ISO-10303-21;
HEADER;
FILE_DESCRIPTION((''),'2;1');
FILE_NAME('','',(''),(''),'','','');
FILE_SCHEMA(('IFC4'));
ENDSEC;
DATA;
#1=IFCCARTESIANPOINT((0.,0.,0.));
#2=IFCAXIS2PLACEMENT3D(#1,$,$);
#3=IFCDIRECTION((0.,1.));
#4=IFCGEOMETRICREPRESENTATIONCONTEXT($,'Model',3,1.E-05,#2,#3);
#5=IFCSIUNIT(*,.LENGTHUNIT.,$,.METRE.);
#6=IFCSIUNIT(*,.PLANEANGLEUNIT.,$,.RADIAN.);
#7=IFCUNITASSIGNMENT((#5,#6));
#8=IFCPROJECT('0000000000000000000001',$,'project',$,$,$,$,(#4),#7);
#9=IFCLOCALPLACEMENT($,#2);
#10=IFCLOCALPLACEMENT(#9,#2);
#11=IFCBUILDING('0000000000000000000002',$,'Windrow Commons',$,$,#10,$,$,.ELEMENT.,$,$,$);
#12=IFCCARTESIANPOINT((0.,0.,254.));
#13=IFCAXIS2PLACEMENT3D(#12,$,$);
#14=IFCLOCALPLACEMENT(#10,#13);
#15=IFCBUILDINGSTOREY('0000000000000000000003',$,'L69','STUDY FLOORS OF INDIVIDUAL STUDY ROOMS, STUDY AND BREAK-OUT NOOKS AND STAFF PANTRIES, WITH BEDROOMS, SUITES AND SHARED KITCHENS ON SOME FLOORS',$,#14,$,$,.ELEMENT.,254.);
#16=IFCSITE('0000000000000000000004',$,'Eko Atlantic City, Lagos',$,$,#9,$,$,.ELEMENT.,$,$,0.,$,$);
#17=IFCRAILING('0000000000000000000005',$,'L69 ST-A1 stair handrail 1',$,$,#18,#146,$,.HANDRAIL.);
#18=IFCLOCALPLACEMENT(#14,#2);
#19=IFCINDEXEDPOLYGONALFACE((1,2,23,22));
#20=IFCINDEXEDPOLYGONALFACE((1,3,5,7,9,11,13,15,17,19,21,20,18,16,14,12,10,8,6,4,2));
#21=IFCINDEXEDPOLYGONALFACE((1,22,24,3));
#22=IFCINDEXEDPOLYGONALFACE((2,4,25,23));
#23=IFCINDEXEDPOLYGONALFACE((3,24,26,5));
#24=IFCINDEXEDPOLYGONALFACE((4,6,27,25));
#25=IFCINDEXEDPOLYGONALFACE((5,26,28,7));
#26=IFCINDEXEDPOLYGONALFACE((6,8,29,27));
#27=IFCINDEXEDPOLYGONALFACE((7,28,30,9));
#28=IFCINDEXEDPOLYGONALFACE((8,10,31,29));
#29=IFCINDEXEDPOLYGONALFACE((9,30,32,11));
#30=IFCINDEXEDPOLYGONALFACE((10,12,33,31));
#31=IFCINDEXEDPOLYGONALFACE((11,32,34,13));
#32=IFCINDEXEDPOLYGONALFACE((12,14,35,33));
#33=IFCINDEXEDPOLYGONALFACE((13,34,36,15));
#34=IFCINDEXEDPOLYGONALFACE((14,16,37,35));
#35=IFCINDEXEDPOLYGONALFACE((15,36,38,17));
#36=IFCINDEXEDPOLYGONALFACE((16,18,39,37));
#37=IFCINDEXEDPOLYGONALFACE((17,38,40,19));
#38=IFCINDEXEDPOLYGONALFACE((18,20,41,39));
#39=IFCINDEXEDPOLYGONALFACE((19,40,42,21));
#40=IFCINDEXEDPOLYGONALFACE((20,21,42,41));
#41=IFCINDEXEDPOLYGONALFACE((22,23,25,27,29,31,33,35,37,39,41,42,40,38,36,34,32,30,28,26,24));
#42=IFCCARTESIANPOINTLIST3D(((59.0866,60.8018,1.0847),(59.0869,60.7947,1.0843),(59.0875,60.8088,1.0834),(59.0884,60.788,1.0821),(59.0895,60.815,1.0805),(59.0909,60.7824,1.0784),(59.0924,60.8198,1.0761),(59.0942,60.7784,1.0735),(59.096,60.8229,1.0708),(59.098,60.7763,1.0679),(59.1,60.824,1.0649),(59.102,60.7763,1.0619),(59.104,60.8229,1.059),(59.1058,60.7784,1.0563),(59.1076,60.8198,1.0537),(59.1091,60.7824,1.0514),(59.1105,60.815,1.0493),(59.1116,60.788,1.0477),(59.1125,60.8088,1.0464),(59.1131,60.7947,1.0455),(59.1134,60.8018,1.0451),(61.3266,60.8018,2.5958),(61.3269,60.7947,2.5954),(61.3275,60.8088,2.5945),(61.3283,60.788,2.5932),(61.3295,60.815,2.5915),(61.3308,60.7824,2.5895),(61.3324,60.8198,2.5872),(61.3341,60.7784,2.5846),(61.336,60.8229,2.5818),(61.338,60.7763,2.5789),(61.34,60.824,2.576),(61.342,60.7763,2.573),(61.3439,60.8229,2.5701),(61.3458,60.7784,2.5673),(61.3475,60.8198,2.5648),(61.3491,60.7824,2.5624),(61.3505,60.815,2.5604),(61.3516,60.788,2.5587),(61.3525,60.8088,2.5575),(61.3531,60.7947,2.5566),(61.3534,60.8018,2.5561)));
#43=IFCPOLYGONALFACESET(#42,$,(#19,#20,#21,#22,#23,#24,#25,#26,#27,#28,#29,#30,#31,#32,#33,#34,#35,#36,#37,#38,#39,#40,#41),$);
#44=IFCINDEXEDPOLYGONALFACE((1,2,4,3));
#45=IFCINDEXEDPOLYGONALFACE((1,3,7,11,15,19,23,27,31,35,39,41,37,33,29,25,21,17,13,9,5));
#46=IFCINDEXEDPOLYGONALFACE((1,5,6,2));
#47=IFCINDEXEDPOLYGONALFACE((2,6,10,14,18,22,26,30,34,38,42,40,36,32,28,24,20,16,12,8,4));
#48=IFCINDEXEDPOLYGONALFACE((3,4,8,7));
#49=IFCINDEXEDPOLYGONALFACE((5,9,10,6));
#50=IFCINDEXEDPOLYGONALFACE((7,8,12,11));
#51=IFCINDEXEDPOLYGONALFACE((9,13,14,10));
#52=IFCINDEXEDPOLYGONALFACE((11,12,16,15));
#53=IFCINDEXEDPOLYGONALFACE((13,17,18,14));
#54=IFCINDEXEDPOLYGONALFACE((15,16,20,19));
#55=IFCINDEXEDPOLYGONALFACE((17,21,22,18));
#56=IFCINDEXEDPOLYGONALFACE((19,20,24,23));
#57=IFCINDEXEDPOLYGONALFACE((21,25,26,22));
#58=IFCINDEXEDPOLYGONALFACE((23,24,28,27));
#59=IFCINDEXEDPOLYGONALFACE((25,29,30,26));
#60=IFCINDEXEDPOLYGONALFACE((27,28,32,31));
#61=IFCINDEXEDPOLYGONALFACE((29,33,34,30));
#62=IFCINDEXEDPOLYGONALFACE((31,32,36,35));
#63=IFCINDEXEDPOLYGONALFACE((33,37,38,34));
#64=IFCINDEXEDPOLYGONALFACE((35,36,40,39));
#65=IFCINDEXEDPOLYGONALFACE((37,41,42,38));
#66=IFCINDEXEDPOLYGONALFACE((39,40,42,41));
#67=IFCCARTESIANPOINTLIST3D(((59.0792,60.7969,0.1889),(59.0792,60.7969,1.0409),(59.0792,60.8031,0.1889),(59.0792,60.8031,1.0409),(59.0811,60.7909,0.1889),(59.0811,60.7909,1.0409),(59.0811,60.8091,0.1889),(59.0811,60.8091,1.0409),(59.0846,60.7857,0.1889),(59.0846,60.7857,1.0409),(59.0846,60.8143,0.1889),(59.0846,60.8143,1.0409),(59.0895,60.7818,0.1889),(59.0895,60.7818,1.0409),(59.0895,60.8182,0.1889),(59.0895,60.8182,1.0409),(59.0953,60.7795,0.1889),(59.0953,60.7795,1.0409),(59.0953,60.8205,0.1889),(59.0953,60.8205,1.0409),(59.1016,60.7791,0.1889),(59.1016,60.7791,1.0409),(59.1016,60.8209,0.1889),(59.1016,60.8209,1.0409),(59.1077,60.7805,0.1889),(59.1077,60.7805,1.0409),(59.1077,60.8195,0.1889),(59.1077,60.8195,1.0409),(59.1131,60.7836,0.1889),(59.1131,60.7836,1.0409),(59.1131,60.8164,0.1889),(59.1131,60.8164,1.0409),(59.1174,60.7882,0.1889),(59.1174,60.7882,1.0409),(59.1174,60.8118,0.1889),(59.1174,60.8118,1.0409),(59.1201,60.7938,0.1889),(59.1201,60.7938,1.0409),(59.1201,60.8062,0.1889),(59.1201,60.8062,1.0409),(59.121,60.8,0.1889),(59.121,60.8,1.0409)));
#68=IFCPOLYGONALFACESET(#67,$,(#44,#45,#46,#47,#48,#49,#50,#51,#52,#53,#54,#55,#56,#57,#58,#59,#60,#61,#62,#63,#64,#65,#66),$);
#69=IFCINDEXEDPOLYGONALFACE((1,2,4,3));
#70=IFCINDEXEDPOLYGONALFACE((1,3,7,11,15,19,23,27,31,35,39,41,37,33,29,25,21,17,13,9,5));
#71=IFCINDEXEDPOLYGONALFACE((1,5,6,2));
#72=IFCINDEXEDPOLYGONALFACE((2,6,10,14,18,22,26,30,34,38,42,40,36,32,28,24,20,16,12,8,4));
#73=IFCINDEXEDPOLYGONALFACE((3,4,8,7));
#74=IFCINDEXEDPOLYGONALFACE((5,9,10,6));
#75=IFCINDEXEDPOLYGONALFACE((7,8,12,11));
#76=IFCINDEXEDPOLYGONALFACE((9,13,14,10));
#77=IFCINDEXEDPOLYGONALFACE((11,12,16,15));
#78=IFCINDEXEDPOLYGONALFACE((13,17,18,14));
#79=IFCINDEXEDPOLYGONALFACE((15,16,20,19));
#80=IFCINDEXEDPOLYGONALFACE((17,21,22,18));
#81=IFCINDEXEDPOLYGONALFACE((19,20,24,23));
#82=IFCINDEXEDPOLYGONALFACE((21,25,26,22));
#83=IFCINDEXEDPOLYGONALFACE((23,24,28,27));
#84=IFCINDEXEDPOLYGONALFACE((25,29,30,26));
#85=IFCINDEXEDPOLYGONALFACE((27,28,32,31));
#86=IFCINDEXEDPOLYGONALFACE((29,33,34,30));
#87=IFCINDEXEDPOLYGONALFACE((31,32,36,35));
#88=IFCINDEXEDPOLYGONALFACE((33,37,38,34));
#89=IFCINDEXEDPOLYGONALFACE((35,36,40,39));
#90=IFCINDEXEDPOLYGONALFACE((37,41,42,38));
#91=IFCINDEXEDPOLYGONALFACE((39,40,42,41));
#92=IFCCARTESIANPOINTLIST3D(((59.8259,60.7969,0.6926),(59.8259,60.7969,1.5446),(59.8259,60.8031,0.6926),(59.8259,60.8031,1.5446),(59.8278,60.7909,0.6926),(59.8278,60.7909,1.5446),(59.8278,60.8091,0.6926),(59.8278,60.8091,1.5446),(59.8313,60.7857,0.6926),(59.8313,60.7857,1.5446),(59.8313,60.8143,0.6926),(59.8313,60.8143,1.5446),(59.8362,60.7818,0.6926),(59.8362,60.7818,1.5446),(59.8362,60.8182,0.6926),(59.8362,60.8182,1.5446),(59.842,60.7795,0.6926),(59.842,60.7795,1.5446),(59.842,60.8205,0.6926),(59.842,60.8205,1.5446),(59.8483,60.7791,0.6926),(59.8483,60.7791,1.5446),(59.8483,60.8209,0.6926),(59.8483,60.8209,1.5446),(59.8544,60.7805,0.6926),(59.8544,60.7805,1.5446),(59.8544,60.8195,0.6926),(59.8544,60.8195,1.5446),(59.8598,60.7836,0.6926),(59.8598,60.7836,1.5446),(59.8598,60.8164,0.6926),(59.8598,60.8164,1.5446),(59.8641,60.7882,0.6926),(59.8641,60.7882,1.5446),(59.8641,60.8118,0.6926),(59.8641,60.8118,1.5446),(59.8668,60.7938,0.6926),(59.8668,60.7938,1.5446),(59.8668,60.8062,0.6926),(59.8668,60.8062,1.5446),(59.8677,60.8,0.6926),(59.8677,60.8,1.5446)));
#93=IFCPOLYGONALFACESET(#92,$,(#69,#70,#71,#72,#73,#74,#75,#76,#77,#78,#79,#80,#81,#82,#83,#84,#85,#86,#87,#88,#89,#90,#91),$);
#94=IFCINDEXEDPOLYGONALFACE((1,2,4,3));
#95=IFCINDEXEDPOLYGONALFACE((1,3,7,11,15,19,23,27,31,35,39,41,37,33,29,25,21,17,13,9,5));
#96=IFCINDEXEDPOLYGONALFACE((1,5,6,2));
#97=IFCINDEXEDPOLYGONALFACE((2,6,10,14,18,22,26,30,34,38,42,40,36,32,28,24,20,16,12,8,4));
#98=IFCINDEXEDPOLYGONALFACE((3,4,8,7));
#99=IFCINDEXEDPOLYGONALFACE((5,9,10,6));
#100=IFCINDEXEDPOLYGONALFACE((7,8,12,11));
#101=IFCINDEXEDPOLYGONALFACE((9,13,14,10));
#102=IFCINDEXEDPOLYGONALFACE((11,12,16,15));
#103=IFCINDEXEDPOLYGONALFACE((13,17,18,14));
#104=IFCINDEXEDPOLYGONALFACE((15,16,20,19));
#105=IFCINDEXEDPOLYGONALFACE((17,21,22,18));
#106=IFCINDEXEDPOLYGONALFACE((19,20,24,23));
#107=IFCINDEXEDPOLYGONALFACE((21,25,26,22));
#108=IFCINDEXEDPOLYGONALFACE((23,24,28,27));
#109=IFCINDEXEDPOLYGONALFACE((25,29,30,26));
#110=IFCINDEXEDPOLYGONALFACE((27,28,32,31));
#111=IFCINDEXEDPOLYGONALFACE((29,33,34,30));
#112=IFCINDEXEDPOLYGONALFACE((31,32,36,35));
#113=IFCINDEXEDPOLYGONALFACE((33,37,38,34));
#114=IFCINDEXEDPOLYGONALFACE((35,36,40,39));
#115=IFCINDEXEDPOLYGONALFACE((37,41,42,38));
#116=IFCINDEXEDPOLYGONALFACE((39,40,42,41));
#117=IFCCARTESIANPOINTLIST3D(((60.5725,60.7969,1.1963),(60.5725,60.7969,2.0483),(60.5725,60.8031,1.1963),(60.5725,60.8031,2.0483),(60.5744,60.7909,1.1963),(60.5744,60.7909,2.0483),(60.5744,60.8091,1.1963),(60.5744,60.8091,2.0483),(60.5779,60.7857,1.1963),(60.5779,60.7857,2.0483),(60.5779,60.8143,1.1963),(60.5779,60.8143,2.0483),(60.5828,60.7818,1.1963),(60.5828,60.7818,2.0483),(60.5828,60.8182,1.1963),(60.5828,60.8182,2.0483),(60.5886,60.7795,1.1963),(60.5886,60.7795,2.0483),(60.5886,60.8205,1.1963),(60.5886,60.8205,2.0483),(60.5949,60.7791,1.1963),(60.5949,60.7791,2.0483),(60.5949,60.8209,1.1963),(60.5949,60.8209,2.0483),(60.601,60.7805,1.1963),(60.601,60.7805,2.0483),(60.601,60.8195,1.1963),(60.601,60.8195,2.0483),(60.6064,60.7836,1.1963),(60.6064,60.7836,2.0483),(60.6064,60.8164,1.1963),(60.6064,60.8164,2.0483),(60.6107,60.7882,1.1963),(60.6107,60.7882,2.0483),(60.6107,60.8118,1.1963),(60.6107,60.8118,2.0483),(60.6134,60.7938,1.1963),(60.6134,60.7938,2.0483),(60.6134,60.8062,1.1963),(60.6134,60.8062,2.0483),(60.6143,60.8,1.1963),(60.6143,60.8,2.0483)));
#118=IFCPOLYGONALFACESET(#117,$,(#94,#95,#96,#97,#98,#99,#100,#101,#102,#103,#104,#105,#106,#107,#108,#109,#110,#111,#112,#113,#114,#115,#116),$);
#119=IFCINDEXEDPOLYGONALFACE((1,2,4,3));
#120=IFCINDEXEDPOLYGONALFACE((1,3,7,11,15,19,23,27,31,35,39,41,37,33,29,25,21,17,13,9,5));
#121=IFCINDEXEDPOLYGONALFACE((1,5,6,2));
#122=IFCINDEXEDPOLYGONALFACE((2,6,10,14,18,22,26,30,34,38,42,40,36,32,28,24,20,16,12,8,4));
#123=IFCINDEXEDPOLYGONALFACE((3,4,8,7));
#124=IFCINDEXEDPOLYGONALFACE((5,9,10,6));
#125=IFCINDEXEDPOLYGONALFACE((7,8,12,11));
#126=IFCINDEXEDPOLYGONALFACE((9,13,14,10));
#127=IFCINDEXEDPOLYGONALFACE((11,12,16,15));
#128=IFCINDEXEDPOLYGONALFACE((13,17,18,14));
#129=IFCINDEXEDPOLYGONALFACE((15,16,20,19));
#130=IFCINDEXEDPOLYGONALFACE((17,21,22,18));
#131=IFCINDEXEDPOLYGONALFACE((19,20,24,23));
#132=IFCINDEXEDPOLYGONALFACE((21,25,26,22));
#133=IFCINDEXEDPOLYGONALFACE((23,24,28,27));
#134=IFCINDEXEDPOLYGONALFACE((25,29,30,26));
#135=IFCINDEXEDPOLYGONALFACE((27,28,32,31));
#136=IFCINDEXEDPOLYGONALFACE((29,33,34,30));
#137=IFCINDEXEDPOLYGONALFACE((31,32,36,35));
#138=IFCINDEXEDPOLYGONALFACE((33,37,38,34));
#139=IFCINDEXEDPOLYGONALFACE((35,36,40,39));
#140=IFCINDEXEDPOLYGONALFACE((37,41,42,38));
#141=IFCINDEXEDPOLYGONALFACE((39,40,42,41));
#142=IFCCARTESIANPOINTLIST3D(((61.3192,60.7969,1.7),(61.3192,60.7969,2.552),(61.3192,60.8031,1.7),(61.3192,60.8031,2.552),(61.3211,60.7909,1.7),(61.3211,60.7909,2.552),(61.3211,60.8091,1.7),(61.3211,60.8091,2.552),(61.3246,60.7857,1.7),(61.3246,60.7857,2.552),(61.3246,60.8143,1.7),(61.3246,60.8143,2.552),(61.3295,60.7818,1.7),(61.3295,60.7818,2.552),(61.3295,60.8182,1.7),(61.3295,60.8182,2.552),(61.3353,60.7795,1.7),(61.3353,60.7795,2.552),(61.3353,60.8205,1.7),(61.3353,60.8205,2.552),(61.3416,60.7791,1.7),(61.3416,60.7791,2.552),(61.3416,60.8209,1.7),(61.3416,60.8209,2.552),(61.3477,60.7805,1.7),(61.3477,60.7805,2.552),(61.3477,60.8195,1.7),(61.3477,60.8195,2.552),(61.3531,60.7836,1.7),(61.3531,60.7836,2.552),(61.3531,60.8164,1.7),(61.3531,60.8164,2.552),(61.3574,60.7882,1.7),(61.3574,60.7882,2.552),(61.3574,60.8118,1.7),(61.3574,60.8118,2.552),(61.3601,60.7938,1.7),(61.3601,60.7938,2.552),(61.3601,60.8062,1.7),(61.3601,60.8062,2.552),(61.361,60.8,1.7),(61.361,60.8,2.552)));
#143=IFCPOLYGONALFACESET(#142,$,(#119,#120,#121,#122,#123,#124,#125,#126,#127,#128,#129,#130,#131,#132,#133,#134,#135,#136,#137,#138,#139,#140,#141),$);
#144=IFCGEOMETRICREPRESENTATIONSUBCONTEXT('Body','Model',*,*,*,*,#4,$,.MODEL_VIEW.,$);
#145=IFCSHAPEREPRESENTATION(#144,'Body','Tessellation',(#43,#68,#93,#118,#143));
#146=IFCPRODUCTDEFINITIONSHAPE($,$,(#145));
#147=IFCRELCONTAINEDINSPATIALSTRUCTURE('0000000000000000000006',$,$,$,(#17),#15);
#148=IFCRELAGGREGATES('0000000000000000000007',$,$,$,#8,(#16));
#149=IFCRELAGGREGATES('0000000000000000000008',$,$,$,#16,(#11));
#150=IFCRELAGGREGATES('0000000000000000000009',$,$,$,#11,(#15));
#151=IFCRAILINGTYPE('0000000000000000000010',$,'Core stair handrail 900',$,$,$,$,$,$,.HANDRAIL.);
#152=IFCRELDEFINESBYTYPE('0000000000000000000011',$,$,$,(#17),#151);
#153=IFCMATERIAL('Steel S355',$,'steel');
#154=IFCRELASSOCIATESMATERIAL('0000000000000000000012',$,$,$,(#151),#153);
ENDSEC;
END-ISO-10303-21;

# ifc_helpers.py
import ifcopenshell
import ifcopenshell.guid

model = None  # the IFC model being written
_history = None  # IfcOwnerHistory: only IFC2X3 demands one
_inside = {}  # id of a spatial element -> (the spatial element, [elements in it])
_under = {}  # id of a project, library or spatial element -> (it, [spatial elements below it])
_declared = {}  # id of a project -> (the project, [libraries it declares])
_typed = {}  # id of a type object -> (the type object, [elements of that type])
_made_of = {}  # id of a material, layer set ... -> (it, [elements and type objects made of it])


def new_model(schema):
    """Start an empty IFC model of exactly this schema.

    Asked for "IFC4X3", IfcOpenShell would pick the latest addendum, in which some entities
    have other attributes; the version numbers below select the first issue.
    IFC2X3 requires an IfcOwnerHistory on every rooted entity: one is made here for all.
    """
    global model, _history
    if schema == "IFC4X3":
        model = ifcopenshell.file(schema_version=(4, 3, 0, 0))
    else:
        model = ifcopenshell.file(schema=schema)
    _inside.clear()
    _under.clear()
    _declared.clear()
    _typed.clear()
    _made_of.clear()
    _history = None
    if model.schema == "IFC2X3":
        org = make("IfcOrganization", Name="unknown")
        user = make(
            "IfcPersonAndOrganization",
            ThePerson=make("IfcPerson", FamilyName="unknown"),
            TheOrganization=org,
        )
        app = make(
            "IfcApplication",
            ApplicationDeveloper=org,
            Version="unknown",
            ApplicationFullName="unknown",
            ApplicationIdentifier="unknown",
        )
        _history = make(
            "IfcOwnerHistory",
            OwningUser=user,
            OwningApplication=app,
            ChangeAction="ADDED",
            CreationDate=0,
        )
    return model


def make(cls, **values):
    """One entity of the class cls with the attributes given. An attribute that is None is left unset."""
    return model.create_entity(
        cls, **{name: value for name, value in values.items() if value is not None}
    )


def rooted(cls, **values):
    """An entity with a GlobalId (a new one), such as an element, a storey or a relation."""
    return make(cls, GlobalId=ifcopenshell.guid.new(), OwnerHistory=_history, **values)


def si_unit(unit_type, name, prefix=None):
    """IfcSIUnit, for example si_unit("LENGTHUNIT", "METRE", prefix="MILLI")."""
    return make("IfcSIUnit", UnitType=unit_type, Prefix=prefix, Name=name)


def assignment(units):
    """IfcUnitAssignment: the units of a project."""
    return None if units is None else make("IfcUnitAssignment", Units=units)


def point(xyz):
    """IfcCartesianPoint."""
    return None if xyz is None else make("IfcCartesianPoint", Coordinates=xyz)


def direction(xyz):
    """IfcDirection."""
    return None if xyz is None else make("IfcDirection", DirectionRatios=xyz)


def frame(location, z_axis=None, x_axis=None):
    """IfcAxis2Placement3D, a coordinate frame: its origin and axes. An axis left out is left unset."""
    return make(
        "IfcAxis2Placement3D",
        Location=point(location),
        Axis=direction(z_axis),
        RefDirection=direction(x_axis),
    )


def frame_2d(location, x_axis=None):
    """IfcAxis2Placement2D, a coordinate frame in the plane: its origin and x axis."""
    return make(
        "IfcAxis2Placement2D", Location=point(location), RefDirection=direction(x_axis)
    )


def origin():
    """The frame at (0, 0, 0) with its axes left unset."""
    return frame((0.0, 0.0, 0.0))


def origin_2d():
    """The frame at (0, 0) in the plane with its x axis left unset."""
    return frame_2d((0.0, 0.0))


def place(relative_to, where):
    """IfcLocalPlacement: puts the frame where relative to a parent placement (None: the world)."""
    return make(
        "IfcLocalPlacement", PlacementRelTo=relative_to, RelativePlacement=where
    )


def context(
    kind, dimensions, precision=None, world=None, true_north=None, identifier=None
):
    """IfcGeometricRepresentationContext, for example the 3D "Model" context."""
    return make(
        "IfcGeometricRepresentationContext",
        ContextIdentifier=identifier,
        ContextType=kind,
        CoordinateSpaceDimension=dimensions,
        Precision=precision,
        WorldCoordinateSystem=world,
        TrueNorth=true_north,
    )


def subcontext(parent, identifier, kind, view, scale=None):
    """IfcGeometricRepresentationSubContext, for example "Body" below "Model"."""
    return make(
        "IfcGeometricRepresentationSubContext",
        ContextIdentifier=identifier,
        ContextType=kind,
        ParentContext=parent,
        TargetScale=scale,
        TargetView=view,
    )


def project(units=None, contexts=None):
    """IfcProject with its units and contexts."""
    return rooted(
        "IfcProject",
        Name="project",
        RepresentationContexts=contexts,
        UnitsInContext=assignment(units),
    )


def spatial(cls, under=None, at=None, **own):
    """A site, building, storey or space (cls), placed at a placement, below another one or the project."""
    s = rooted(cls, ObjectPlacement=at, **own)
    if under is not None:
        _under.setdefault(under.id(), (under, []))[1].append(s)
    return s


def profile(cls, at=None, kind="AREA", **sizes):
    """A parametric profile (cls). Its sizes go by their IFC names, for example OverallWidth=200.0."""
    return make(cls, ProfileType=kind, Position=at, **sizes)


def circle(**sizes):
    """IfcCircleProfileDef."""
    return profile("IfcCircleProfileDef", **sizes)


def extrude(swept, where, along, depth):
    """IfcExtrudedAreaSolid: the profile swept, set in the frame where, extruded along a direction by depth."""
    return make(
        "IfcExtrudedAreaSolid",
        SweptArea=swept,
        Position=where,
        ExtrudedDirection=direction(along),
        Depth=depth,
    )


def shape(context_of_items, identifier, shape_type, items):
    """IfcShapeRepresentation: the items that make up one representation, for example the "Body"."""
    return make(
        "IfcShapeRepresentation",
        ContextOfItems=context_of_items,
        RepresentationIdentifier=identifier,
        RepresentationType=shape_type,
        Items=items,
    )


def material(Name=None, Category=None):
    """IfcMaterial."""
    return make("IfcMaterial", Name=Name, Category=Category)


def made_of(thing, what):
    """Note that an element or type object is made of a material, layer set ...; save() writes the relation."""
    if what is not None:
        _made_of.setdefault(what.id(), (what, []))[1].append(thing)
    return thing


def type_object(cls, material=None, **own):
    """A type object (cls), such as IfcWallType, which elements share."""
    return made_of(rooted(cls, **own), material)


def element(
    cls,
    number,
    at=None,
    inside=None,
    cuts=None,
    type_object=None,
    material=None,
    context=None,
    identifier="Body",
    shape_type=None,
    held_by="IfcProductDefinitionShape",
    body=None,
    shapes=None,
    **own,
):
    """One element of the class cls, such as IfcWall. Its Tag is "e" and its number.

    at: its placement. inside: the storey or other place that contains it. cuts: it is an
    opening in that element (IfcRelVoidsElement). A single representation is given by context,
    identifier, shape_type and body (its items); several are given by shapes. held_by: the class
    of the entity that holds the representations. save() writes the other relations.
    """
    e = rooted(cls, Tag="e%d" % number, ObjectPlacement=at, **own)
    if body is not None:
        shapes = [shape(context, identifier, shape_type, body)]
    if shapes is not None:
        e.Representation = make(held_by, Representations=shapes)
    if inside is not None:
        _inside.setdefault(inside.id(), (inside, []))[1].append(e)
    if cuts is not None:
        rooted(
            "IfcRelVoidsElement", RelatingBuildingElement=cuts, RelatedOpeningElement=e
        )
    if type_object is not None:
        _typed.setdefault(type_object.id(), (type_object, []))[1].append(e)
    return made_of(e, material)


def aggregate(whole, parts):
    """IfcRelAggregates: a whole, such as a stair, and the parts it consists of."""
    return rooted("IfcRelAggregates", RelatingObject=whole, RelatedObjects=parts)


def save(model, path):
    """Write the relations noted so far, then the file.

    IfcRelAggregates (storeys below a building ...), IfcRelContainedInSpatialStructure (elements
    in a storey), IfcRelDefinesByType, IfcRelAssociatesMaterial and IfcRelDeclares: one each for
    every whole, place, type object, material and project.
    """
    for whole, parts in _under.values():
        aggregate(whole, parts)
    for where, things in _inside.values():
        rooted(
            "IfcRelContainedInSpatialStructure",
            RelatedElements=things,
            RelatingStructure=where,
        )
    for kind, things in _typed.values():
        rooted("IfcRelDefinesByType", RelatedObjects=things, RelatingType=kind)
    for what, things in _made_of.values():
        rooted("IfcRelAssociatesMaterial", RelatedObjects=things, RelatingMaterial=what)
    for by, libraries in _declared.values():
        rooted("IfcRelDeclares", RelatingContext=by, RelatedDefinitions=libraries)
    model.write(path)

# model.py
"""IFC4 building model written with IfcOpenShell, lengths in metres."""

from ifc_helpers import new_model, si_unit, direction, frame, origin, origin_2d, place, context, subcontext, project, spatial, circle, extrude, material, type_object, element, save


model = new_model("IFC4")

# Units and contexts
model_context = context("Model", 3, precision=1e-05, world=origin(), true_north=direction((0.0, 1.0)))
body_context = subcontext(model_context, "Body", "Model", "MODEL_VIEW")
ifc_project = project(units=[si_unit("LENGTHUNIT", "METRE"), si_unit("PLANEANGLEUNIT", "RADIAN")], contexts=[model_context])

# Site, building, storey
site_placement = place(None, origin())
site = spatial("IfcSite", under=ifc_project, at=site_placement, Name="Eko Atlantic City, Lagos", CompositionType="ELEMENT", RefElevation=0.0)
building_placement = place(site_placement, origin())
building = spatial("IfcBuilding", under=site, at=building_placement, Name="Windrow Commons", CompositionType="ELEMENT")
storey_placement = place(building_placement, frame((0.0, 0.0, 254.0)))
storey = spatial("IfcBuildingStorey", under=building, at=storey_placement, Name="L69", Description="STUDY FLOORS OF INDIVIDUAL STUDY ROOMS, STUDY AND BREAK-OUT NOOKS AND STAFF PANTRIES, WITH BEDROOMS, SUITES AND SHARED KITCHENS ON SOME FLOORS", CompositionType="ELEMENT", Elevation=254.0)

# Railing
ifc_material_1 = material(Name="Steel S355", Category="steel")
railing_type_1 = type_object("IfcRailingType", Name="Core stair handrail 900", PredefinedType="HANDRAIL", material=ifc_material_1)
for number, where, name in (
    (1, (59.1, 60.8, 0.1889), "L69 ST-A1 stair handrail 1"),
):
    element("IfcRailing", number, at=place(storey_placement, frame(where)), inside=storey, type_object=railing_type_1, Name=name, PredefinedType="HANDRAIL", context=body_context, shape_type="SweptSolid", body=[
        extrude(circle(Radius=0.024, at=origin_2d()), frame((0.0, 0.0, 0.876), z_axis=(0.829003, 0.0, 0.559244), x_axis=(0.0, 1.0, 0.0)), (0.0, 0.0, 1.0), 2.702),
        extrude(circle(Radius=0.021, at=origin_2d()), origin(), (0.0, 0.0, 1.0), 0.852),
        extrude(circle(Radius=0.021, at=origin_2d()), frame((0.7467, 0.0, 0.5037)), (0.0, 0.0, 1.0), 0.852),
        extrude(circle(Radius=0.021, at=origin_2d()), frame((1.4933, 0.0, 1.0074)), (0.0, 0.0, 1.0), 0.852),
        extrude(circle(Radius=0.021, at=origin_2d()), frame((2.24, 0.0, 1.5111)), (0.0, 0.0, 1.0), 0.852),
    ])

save(model, "model.ifc")
